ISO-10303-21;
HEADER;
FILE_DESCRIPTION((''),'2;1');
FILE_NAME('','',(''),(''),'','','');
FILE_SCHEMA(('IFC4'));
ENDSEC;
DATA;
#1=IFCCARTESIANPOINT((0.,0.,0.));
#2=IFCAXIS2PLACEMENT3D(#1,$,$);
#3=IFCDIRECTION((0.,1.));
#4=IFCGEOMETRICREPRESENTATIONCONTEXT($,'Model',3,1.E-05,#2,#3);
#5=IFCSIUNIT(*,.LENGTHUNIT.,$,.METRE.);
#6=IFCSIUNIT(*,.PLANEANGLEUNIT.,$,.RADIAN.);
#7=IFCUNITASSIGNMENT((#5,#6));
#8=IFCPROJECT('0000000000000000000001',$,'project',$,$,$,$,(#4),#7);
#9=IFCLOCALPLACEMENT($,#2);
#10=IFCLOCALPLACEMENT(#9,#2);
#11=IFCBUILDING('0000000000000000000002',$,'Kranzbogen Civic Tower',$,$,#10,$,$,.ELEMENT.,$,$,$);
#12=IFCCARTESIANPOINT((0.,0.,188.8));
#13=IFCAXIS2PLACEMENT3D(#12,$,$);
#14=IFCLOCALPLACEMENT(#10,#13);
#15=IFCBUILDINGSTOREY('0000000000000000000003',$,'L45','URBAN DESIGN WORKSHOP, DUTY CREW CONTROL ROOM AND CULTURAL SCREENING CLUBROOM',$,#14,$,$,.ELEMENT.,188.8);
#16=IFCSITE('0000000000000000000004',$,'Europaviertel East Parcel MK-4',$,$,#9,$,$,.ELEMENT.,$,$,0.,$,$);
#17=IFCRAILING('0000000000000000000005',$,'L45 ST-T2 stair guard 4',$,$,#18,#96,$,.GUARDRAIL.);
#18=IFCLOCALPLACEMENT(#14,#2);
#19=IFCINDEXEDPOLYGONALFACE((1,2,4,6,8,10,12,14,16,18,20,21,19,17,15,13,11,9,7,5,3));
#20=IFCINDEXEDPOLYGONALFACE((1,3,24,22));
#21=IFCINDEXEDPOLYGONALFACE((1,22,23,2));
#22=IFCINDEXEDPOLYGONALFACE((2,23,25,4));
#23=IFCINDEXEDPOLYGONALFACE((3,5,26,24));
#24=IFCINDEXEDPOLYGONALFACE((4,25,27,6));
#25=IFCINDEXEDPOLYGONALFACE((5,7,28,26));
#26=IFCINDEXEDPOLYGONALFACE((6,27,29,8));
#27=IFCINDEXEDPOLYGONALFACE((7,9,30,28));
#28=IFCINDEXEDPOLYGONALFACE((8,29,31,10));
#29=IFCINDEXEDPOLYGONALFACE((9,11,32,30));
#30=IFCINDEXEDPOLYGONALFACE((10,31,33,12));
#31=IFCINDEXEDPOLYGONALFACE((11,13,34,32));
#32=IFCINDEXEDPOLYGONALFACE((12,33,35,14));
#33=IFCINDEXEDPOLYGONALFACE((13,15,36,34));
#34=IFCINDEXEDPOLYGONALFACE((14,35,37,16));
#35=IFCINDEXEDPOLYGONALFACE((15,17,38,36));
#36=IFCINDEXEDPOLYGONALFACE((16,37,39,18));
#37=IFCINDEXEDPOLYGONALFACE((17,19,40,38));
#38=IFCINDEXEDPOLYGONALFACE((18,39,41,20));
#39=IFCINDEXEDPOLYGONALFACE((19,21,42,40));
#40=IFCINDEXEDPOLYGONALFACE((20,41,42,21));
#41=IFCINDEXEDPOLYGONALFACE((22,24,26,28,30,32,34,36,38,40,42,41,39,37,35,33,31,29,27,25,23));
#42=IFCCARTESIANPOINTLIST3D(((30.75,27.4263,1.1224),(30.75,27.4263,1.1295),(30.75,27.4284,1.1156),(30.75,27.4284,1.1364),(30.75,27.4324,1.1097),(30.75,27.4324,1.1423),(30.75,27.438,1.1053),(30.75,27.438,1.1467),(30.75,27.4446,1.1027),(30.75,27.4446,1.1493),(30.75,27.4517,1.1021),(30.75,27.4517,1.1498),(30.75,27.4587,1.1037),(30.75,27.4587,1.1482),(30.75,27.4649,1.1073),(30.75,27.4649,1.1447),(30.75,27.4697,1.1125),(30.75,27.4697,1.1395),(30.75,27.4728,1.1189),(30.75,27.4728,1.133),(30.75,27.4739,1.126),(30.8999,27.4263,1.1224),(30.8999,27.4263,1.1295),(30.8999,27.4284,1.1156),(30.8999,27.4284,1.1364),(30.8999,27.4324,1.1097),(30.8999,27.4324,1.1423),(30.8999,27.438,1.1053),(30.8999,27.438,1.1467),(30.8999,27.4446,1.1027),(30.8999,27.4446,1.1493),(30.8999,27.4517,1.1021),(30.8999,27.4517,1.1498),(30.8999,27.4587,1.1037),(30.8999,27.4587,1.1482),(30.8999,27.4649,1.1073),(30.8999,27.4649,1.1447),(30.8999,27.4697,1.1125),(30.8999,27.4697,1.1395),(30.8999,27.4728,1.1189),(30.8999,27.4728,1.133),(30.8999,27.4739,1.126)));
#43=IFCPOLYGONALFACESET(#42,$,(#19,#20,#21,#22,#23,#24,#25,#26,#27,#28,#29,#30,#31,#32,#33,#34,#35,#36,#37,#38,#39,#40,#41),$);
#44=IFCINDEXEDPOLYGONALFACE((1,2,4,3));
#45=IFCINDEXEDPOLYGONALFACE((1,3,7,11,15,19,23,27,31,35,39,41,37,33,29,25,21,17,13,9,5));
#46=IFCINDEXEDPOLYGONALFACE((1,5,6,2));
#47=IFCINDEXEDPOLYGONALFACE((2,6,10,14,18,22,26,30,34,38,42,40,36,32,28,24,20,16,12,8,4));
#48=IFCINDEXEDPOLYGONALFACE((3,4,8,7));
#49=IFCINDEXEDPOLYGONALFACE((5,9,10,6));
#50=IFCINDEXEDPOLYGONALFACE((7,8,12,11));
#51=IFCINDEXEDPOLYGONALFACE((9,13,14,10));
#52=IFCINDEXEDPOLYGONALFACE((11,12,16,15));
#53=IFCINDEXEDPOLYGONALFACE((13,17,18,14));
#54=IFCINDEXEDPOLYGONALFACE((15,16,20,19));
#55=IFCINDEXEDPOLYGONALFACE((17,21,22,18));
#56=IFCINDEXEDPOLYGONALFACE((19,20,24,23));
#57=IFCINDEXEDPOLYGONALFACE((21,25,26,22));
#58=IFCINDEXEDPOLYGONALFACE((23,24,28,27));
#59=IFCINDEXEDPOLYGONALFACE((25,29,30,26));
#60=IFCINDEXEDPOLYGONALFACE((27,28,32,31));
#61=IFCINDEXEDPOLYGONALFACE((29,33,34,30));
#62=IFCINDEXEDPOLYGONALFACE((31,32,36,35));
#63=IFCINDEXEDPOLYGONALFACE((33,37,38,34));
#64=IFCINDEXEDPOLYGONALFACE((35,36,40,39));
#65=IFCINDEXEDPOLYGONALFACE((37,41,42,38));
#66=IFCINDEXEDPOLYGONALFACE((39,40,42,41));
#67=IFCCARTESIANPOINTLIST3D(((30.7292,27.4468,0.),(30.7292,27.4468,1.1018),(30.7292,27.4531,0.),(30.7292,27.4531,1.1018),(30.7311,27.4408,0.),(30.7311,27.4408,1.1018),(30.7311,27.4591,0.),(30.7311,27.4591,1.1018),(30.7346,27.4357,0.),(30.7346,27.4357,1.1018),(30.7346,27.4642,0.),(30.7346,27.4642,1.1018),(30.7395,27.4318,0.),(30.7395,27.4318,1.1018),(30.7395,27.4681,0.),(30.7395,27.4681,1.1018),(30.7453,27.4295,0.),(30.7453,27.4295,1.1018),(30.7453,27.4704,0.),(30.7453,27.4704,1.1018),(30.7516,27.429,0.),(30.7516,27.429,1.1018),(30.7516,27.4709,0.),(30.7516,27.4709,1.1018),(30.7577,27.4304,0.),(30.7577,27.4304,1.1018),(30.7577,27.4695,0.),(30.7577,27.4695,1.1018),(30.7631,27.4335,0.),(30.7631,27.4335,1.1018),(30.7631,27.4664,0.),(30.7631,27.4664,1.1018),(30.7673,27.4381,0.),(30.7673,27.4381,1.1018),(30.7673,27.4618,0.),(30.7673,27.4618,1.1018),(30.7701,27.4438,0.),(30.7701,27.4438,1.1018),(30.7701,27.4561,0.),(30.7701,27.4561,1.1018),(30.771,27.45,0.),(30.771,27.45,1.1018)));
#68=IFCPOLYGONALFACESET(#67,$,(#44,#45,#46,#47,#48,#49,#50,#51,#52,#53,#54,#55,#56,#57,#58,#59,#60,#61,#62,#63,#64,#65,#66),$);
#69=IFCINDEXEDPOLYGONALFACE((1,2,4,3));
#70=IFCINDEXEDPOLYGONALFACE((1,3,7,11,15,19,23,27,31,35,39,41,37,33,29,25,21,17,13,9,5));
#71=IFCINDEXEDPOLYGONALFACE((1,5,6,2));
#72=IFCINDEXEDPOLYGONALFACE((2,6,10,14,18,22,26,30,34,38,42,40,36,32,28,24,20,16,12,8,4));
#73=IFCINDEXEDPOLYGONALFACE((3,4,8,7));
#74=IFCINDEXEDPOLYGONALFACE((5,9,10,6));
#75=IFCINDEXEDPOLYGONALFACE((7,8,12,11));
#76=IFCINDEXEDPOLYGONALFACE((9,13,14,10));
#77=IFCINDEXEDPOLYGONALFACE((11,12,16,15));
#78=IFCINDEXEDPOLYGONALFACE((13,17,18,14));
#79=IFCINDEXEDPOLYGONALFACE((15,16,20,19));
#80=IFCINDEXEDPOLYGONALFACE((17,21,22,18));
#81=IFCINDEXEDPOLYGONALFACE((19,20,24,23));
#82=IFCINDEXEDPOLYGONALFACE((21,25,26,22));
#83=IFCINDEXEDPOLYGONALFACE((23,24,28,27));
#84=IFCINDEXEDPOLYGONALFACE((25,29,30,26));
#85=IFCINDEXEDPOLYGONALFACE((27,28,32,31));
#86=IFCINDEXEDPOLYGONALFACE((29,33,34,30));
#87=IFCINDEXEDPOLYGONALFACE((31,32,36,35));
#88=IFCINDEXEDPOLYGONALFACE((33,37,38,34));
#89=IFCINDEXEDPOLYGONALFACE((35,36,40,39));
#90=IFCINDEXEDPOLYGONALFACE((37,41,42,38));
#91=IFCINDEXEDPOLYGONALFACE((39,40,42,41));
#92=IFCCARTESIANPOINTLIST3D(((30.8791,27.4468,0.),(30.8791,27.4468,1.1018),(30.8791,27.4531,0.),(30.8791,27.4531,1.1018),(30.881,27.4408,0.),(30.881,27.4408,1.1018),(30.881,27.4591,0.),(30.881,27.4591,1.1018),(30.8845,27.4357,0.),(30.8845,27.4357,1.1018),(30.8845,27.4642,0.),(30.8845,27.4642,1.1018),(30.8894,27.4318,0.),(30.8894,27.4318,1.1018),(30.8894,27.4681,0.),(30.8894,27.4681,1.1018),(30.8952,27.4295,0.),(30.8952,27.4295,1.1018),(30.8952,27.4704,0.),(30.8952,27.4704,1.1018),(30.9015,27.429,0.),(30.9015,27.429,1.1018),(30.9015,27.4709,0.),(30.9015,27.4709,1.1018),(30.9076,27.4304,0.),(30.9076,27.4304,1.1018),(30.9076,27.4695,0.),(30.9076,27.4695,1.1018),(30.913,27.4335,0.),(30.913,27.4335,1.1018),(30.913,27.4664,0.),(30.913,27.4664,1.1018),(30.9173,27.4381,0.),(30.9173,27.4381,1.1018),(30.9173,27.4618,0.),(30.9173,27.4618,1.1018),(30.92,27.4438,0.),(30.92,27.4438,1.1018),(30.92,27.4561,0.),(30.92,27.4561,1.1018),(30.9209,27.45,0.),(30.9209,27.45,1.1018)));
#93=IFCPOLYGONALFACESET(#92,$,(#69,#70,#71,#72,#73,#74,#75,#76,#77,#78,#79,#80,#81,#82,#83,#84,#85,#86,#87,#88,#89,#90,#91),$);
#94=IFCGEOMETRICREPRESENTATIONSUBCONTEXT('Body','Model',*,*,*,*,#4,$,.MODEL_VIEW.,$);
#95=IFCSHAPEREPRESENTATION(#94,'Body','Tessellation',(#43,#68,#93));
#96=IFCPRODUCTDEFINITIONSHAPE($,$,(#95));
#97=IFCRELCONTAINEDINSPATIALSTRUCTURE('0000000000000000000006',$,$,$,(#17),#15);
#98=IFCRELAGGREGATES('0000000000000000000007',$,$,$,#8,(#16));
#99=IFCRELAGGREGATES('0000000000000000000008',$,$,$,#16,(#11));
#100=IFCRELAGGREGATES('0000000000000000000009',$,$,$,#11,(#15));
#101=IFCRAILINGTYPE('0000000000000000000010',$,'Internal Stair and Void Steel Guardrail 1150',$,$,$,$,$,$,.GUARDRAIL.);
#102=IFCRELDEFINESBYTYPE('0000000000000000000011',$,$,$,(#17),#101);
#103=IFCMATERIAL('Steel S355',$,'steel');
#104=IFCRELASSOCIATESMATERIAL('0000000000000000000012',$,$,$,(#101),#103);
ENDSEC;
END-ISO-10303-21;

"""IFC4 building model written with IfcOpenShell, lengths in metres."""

from ifc_helpers import new_model, si_unit, direction, frame, origin, origin_2d, place, context, subcontext, project, spatial, circle, extrude, material, type_object, element, save


model = new_model("IFC4")

# Units and contexts
model_context = context("Model", 3, precision=1e-05, world=origin(), true_north=direction((0.0, 1.0)))
body_context = subcontext(model_context, "Body", "Model", "MODEL_VIEW")
ifc_project = project(units=[si_unit("LENGTHUNIT", "METRE"), si_unit("PLANEANGLEUNIT", "RADIAN")], contexts=[model_context])

# Site, building, storey
site_placement = place(None, origin())
site = spatial("IfcSite", under=ifc_project, at=site_placement, Name="Europaviertel East Parcel MK-4", CompositionType="ELEMENT", RefElevation=0.0)
building_placement = place(site_placement, origin())
building = spatial("IfcBuilding", under=site, at=building_placement, Name="Kranzbogen Civic Tower", CompositionType="ELEMENT")
storey_placement = place(building_placement, frame((0.0, 0.0, 188.8)))
storey = spatial("IfcBuildingStorey", under=building, at=storey_placement, Name="L45", Description="URBAN DESIGN WORKSHOP, DUTY CREW CONTROL ROOM AND CULTURAL SCREENING CLUBROOM", CompositionType="ELEMENT", Elevation=188.8)

# Shared definitions
ifc_material_1 = material(Name="Steel S355", Category="steel")

# Railing
railing_type_1 = type_object("IfcRailingType", Name="Internal Stair and Void Steel Guardrail 1150", PredefinedType="GUARDRAIL", material=ifc_material_1)
railing_1_placement = place(storey_placement, frame((30.75, 27.45, 0.0)))
element("IfcRailing", 1, at=railing_1_placement, inside=storey, type_object=railing_type_1, Name="L45 ST-T2 stair guard 4", PredefinedType="GUARDRAIL", context=body_context, shape_type="SweptSolid", body=[
    extrude(circle(Radius=0.0239, at=origin_2d()), frame((0.0, 0.0, 1.126), z_axis=(1.0, 0.0, 0.0), x_axis=(0.0, 1.0, 0.0)), (0.0, 0.0, 1.0), 0.1499),
    extrude(circle(Radius=0.021, at=origin_2d()), origin(), (0.0, 0.0, 1.0), 1.1018),
    extrude(circle(Radius=0.021, at=origin_2d()), frame((0.1499, 0.0, 0.0)), (0.0, 0.0, 1.0), 1.1018),
])

save(model, "model.ifc")
